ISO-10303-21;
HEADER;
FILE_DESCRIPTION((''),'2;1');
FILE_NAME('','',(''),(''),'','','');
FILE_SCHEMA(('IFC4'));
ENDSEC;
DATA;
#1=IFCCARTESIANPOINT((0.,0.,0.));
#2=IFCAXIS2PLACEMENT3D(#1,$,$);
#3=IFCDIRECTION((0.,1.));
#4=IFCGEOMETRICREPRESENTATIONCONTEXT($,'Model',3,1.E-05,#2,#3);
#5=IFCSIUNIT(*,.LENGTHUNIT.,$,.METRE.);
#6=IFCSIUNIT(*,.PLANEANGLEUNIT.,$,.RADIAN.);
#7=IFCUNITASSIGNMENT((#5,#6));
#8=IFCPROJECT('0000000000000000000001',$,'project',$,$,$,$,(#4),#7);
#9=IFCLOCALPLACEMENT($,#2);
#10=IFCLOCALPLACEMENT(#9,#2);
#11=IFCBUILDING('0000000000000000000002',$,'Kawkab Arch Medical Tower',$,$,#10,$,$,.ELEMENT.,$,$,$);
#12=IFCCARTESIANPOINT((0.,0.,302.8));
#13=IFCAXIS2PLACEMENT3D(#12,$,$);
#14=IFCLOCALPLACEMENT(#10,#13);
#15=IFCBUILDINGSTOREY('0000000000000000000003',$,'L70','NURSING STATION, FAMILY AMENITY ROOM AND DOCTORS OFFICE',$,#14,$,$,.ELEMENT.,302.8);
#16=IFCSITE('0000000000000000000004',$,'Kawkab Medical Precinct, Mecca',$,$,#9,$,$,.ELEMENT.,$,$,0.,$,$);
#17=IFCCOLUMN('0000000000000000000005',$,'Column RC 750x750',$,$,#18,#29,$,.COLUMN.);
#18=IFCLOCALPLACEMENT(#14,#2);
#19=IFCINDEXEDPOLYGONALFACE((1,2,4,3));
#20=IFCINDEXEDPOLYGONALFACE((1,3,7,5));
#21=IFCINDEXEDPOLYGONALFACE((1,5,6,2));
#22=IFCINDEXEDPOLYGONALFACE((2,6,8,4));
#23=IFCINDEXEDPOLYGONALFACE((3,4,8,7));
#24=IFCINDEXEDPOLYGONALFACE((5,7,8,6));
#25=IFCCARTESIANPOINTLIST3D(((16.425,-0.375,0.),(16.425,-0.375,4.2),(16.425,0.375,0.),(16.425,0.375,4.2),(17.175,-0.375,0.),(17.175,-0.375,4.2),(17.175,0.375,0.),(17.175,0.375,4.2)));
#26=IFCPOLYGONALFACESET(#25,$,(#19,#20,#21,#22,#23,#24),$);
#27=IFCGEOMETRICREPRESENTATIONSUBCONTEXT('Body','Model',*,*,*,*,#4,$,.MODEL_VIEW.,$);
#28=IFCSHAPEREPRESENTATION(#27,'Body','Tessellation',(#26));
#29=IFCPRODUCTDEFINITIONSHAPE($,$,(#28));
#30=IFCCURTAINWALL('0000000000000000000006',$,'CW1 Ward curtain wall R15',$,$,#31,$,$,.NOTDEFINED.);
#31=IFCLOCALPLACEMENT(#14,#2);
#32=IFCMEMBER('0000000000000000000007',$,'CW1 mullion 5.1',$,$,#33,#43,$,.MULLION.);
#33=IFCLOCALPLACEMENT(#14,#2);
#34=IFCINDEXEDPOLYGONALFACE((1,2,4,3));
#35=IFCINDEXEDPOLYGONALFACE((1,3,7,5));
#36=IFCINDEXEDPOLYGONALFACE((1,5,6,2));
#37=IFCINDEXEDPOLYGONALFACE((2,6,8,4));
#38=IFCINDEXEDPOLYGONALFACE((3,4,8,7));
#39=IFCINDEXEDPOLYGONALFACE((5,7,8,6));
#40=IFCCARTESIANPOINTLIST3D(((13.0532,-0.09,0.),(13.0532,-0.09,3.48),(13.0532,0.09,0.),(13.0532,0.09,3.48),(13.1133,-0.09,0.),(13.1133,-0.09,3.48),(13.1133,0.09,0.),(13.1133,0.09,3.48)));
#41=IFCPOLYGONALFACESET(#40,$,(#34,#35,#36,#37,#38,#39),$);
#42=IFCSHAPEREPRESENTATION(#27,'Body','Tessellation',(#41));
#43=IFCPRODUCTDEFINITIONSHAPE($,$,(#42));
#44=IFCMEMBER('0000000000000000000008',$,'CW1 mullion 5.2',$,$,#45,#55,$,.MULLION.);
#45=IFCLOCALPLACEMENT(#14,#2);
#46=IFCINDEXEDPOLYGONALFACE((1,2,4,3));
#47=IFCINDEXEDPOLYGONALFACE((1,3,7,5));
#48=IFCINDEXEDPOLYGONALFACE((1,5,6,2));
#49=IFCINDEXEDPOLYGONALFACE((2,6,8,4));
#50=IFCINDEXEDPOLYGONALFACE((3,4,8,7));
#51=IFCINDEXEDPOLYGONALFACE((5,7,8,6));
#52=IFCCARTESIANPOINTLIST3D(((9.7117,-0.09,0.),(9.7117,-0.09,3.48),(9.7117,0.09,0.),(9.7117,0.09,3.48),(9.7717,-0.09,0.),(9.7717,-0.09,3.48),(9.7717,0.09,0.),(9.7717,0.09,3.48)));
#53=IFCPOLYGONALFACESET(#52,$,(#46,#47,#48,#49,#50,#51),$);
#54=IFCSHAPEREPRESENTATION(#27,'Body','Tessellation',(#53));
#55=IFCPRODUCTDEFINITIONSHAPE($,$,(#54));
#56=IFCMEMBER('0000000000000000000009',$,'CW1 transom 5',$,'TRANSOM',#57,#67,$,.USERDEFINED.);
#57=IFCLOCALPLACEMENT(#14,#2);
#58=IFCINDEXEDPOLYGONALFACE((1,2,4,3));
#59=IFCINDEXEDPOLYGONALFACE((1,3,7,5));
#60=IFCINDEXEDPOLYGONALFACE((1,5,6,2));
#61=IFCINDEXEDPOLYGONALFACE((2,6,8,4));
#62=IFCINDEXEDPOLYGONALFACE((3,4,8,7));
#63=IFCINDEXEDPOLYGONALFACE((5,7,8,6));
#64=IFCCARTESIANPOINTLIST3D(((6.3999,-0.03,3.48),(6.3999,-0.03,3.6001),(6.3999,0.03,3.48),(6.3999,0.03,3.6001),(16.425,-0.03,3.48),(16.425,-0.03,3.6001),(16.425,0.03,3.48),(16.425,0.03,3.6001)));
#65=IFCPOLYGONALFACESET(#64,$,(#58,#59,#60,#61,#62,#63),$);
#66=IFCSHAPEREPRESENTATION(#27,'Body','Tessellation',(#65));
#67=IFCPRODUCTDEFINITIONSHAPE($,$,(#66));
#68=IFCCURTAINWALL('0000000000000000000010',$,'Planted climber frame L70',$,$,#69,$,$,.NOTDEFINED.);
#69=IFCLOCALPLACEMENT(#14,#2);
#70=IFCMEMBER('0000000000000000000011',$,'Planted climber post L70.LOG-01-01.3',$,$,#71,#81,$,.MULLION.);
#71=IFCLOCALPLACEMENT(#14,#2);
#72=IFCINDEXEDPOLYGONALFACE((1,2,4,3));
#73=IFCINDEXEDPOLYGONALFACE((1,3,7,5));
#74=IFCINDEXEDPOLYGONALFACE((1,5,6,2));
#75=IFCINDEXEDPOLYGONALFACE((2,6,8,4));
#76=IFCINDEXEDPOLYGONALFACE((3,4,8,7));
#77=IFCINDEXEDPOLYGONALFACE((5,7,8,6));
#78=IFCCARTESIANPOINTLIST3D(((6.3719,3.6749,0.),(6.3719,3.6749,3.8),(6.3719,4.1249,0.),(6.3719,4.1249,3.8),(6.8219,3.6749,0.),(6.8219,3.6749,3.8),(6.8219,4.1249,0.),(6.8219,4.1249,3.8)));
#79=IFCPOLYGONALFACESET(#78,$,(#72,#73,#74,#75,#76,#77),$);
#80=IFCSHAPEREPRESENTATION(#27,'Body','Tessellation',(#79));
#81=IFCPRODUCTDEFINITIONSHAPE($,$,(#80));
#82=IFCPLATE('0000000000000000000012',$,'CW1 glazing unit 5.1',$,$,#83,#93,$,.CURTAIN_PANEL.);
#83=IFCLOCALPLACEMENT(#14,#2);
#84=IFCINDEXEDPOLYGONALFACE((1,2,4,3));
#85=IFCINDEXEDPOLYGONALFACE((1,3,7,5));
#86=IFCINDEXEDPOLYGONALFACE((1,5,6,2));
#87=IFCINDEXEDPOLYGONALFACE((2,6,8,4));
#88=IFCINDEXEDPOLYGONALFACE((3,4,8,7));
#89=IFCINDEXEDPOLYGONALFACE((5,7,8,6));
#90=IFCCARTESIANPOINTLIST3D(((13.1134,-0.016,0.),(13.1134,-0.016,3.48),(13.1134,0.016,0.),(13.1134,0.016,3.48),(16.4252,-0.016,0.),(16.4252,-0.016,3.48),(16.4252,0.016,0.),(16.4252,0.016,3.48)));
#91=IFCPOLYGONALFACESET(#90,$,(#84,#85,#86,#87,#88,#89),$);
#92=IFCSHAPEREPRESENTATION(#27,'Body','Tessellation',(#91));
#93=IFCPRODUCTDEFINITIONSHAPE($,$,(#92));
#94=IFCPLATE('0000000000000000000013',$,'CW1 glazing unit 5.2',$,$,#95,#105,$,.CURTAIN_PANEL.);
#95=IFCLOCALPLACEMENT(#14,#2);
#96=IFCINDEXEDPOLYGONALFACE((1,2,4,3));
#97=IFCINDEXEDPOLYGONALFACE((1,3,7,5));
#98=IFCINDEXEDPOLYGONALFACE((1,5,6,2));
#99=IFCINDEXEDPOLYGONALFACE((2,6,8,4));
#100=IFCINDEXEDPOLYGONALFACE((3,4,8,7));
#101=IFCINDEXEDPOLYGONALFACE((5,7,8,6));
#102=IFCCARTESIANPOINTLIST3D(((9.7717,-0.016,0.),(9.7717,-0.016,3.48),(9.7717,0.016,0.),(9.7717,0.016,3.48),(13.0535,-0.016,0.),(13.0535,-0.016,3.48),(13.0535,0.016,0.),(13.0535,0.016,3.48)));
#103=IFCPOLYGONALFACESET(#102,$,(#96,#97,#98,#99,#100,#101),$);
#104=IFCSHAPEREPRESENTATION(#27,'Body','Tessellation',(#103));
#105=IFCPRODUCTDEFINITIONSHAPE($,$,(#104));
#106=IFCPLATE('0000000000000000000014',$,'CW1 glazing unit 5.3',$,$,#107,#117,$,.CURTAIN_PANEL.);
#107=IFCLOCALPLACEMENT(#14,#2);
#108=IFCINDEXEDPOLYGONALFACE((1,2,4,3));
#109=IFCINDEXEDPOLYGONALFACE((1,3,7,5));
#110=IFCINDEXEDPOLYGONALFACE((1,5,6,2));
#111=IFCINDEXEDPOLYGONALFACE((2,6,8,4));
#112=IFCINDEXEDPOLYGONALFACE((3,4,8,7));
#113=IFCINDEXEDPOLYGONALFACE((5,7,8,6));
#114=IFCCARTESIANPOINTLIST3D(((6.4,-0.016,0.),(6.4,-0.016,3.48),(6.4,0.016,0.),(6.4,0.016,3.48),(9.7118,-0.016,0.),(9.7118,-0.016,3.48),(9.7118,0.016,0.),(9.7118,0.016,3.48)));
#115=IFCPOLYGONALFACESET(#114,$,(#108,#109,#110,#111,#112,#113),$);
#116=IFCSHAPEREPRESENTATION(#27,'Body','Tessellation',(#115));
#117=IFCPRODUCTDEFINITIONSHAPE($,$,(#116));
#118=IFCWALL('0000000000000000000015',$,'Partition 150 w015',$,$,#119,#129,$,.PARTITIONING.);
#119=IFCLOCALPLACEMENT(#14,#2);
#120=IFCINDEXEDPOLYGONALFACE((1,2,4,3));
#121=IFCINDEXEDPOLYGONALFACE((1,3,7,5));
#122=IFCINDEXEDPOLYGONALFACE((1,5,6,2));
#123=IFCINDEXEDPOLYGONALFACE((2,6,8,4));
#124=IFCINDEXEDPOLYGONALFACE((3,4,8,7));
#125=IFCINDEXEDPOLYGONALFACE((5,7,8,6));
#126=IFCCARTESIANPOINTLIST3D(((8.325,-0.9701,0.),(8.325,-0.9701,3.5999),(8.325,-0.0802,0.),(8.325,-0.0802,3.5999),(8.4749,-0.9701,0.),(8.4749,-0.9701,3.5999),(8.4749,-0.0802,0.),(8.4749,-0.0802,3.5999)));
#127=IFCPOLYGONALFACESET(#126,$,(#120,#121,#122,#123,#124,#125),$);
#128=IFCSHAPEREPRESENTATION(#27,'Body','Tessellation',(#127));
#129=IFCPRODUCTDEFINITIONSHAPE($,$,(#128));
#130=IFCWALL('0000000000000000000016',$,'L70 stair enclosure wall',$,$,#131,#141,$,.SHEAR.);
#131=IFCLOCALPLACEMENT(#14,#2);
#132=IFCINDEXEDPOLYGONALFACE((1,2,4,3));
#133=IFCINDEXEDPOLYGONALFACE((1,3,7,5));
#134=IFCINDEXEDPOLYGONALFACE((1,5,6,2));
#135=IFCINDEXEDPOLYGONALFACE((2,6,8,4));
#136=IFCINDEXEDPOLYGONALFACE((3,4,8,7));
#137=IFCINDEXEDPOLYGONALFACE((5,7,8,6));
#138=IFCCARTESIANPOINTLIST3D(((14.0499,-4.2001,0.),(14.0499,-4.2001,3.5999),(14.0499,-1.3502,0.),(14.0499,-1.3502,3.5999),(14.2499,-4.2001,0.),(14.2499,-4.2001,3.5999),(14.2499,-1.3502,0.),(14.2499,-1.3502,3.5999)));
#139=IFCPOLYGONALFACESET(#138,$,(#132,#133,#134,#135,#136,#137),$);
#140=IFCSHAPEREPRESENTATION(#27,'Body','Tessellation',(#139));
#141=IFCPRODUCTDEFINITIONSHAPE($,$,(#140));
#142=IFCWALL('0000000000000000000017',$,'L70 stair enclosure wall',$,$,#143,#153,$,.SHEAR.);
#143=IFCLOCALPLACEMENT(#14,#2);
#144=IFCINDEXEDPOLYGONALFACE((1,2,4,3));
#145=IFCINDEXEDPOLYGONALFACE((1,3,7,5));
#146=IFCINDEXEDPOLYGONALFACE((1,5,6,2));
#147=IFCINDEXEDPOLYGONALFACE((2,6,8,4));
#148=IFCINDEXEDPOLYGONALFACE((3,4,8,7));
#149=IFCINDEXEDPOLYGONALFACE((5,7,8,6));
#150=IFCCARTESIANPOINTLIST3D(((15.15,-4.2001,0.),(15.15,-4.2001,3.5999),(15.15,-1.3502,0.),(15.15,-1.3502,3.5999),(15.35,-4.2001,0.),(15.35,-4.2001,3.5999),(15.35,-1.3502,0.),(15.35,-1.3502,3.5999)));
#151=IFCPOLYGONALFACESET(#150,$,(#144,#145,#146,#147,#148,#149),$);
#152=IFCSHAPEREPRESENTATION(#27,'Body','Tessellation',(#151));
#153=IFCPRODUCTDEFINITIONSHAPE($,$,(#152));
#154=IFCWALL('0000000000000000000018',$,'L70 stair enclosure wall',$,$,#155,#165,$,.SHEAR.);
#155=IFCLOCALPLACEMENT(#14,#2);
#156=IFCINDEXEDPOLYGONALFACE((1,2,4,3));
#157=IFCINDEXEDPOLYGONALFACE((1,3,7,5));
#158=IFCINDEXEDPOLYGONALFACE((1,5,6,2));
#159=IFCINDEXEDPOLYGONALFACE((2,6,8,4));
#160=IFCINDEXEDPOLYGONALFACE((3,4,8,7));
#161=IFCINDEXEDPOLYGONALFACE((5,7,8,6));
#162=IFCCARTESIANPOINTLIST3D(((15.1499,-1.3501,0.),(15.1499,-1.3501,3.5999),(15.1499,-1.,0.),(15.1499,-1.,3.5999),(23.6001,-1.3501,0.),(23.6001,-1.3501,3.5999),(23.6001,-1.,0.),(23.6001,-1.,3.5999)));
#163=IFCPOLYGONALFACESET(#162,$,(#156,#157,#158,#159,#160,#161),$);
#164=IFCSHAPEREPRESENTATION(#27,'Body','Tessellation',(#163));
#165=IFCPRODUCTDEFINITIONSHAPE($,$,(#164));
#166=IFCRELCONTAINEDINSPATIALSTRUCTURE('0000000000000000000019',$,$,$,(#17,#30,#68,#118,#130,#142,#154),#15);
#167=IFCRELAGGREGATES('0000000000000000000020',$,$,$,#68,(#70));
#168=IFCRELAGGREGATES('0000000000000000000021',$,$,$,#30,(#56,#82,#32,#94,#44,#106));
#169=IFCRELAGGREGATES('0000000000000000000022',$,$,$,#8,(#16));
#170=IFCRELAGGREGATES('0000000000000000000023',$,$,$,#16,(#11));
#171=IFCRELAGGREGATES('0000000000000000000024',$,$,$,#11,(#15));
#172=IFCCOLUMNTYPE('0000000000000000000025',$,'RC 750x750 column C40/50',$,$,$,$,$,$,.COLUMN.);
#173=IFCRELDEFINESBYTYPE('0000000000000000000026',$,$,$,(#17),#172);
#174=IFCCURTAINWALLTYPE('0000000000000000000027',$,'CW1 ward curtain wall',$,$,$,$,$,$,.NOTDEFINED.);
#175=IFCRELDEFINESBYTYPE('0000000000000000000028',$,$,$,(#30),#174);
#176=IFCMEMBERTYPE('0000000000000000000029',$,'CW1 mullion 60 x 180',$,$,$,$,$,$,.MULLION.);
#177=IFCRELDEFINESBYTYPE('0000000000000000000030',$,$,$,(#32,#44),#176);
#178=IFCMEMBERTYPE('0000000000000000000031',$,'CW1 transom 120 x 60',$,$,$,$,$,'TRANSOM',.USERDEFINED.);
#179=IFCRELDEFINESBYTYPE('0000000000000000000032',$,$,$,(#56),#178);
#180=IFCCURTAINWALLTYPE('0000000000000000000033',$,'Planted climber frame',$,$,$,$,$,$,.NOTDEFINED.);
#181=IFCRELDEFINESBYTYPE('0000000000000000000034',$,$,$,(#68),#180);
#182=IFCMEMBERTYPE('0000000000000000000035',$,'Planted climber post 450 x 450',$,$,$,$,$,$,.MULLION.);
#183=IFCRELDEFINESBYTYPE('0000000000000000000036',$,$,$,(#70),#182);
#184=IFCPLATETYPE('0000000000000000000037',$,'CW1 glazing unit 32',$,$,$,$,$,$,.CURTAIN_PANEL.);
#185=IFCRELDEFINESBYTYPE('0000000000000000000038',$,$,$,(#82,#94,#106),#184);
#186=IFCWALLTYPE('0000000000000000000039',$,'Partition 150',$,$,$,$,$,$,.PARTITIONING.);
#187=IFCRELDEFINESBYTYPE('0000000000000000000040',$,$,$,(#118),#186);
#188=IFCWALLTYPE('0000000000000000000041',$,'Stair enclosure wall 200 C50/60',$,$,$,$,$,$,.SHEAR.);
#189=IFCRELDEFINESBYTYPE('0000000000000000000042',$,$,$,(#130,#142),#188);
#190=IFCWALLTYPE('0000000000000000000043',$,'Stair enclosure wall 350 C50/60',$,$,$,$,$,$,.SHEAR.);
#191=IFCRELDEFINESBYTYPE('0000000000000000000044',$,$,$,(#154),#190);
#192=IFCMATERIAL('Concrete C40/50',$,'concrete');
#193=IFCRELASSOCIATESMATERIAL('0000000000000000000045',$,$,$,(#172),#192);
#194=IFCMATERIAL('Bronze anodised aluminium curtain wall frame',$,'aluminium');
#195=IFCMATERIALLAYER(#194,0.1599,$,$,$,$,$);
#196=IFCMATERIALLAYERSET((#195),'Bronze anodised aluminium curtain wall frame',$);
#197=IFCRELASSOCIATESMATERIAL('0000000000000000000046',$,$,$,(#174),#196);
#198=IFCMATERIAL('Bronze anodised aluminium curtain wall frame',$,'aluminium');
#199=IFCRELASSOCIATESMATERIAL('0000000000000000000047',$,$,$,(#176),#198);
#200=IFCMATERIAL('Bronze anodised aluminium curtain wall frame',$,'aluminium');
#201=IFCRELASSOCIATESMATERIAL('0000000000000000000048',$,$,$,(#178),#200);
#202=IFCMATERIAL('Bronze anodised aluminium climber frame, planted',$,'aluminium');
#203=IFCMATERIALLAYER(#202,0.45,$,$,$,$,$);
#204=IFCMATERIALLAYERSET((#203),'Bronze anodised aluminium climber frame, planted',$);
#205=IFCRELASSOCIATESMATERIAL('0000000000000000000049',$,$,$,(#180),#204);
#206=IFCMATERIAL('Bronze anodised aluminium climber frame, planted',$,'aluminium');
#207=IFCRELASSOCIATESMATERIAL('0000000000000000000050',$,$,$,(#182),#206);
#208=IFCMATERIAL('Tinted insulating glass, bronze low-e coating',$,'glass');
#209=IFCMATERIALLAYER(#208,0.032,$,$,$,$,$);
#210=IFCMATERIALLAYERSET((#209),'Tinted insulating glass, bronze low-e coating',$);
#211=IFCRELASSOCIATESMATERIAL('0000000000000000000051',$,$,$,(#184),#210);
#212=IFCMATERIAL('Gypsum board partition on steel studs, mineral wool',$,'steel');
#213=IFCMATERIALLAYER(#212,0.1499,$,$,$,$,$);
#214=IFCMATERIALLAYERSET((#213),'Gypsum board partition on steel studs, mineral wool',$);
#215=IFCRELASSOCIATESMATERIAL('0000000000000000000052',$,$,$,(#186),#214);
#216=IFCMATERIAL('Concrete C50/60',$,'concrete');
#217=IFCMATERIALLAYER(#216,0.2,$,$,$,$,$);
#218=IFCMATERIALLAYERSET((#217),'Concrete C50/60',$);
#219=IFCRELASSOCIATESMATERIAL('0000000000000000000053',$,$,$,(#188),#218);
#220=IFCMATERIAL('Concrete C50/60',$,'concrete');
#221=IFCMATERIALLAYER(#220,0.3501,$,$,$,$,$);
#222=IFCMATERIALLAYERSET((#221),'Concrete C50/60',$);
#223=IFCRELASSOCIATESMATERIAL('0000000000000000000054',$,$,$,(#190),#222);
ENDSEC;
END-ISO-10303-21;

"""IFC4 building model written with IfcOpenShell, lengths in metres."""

from ifc_helpers import new_model, si_unit, direction, frame, frame_2d, origin, origin_2d, place, context, subcontext, project, spatial, rectangle, extrude, material, layer, layer_set, material_profile, profile_set, type_object, element, aggregate, save


model = new_model("IFC4")

# Units and contexts
model_context = context("Model", 3, precision=1e-05, world=origin(), true_north=direction((0.0, 1.0)))
body_context = subcontext(model_context, "Body", "Model", "MODEL_VIEW")
ifc_project = project(units=[si_unit("LENGTHUNIT", "METRE"), si_unit("PLANEANGLEUNIT", "RADIAN")], contexts=[model_context])

# Site, building, storey
site_placement = place(None, origin())
site = spatial("IfcSite", under=ifc_project, at=site_placement, Name="Kawkab Medical Precinct, Mecca", CompositionType="ELEMENT", RefElevation=0.0)
building_placement = place(site_placement, origin())
building = spatial("IfcBuilding", under=site, at=building_placement, Name="Kawkab Arch Medical Tower", CompositionType="ELEMENT")
storey_placement = place(building_placement, frame((0.0, 0.0, 302.8)))
storey = spatial("IfcBuildingStorey", under=building, at=storey_placement, Name="L70", Description="NURSING STATION, FAMILY AMENITY ROOM AND DOCTORS OFFICE", CompositionType="ELEMENT", Elevation=302.8)

# Column
ifc_material_1 = material(Name="Concrete C40/50", Category="concrete")
ifc_material_profile_1 = material_profile(ifc_material_1, rectangle(XDim=0.75, YDim=0.75, at=origin_2d()), Name="RC 750x750")
ifc_profile_set_1 = profile_set([ifc_material_profile_1], Name="Concrete C40/50")
column_type = type_object("IfcColumnType", Name="RC 750x750 column C40/50", PredefinedType="COLUMN", material=ifc_profile_set_1)
column_placement = place(storey_placement, frame((16.8, 0.0, 0.0), z_axis=(0.0, 0.0, 1.0), x_axis=(1.0, 0.0, 0.0)))
element("IfcColumn", 1, at=column_placement, inside=storey, type_object=column_type, Name="Column RC 750x750", PredefinedType="COLUMN", context=body_context, shape_type="SweptSolid", body=[
    extrude(rectangle(XDim=0.75, YDim=0.75, at=origin_2d()), origin(), (0.0, 0.0, 1.0), 4.2),
])

# Curtain wall, members
ifc_material_2 = material(Name="Bronze anodised aluminium curtain wall frame", Category="aluminium")
ifc_layer_1 = layer(ifc_material_2, 0.1599)
ifc_layer_set_1 = layer_set([ifc_layer_1], Name="Bronze anodised aluminium curtain wall frame")
curtain_wall_type_1 = type_object("IfcCurtainWallType", Name="CW1 ward curtain wall", PredefinedType="NOTDEFINED", material=ifc_layer_set_1)
placement = place(storey_placement, origin())
curtain_wall_1 = element("IfcCurtainWall", 2, at=placement, inside=storey, type_object=curtain_wall_type_1, Name="CW1 Ward curtain wall R15", PredefinedType="NOTDEFINED")
ifc_material_3 = material(Name="Bronze anodised aluminium curtain wall frame", Category="aluminium")
ifc_material_profile_2 = material_profile(ifc_material_3, rectangle(XDim=0.1799, YDim=0.0601, at=origin_2d()), Name="AL 60x180")
ifc_profile_set_2 = profile_set([ifc_material_profile_2], Name="Bronze anodised aluminium curtain wall frame")
member_type_1 = type_object("IfcMemberType", Name="CW1 mullion 60 x 180", PredefinedType="MULLION", material=ifc_profile_set_2)
member_1_placement = place(storey_placement, frame((13.0833, 0.0, 0.0), z_axis=(0.0, 0.0, 1.0), x_axis=(0.0, -1.0, 0.0)))
member_1 = element("IfcMember", 3, at=member_1_placement, type_object=member_type_1, Name="CW1 mullion 5.1", PredefinedType="MULLION", context=body_context, shape_type="SweptSolid", body=[
    extrude(rectangle(XDim=0.1799, YDim=0.0601, at=origin_2d()), origin(), (0.0, 0.0, 1.0), 3.48),
])
member_2_placement = place(storey_placement, frame((9.7417, 0.0, 0.0), z_axis=(0.0, 0.0, 1.0), x_axis=(0.0, -1.0, 0.0)))
member_2 = element("IfcMember", 4, at=member_2_placement, type_object=member_type_1, Name="CW1 mullion 5.2", PredefinedType="MULLION", context=body_context, shape_type="SweptSolid", body=[
    extrude(rectangle(XDim=0.1799, YDim=0.0601, at=origin_2d()), origin(), (0.0, 0.0, 1.0), 3.48),
])
ifc_material_4 = material(Name="Bronze anodised aluminium curtain wall frame", Category="aluminium")
ifc_material_profile_3 = material_profile(ifc_material_4, rectangle(XDim=0.0601, YDim=0.1201, at=origin_2d()), Name="AL 60x120")
ifc_profile_set_3 = profile_set([ifc_material_profile_3], Name="Bronze anodised aluminium curtain wall frame")
member_type_2 = type_object("IfcMemberType", Name="CW1 transom 120 x 60", ElementType="TRANSOM", PredefinedType="USERDEFINED", material=ifc_profile_set_3)
member_3_placement = place(storey_placement, frame((16.425, 0.0, 3.54), z_axis=(-1.0, 0.0, 0.0), x_axis=(0.0, -1.0, 0.0)))
member_3 = element("IfcMember", 5, at=member_3_placement, type_object=member_type_2, Name="CW1 transom 5", ObjectType="TRANSOM", PredefinedType="USERDEFINED", context=body_context, shape_type="SweptSolid", body=[
    extrude(rectangle(XDim=0.0601, YDim=0.1201, at=origin_2d()), origin(), (0.0, 0.0, 1.0), 10.0251),
])

# Curtain wall, member
ifc_material_5 = material(Name="Bronze anodised aluminium climber frame, planted", Category="aluminium")
ifc_layer_2 = layer(ifc_material_5, 0.45)
ifc_layer_set_2 = layer_set([ifc_layer_2], Name="Bronze anodised aluminium climber frame, planted")
curtain_wall_type_2 = type_object("IfcCurtainWallType", Name="Planted climber frame", PredefinedType="NOTDEFINED", material=ifc_layer_set_2)
curtain_wall_2 = element("IfcCurtainWall", 6, at=placement, inside=storey, type_object=curtain_wall_type_2, Name="Planted climber frame L70", PredefinedType="NOTDEFINED")
ifc_material_6 = material(Name="Bronze anodised aluminium climber frame, planted", Category="aluminium")
ifc_material_profile_4 = material_profile(ifc_material_6, rectangle(XDim=0.45, YDim=0.45, at=origin_2d()), Name="Post 450x450")
ifc_profile_set_4 = profile_set([ifc_material_profile_4], Name="Bronze anodised aluminium climber frame, planted")
member_type_3 = type_object("IfcMemberType", Name="Planted climber post 450 x 450", PredefinedType="MULLION", material=ifc_profile_set_4)
member_4_placement = place(storey_placement, frame((6.5969, 3.8999, 0.0), z_axis=(0.0, 0.0, 1.0), x_axis=(1.0, 0.0, 0.0)))
member_4 = element("IfcMember", 7, at=member_4_placement, type_object=member_type_3, Name="Planted climber post L70.LOG-01-01.3", PredefinedType="MULLION", context=body_context, shape_type="SweptSolid", body=[
    extrude(rectangle(XDim=0.45, YDim=0.45, at=origin_2d()), origin(), (0.0, 0.0, 1.0), 3.8),
])
aggregate(curtain_wall_2, [member_4])

# Plates
ifc_material_7 = material(Name="Tinted insulating glass, bronze low-e coating", Category="glass")
ifc_layer_3 = layer(ifc_material_7, 0.032)
ifc_layer_set_3 = layer_set([ifc_layer_3], Name="Tinted insulating glass, bronze low-e coating")
plate_type = type_object("IfcPlateType", Name="CW1 glazing unit 32", PredefinedType="CURTAIN_PANEL", material=ifc_layer_set_3)
plate_1_placement = place(storey_placement, frame((14.7693, 0.0, 0.0), z_axis=(0.0, 0.0, 1.0), x_axis=(-1.0, 0.0, 0.0)))
plate_1 = element("IfcPlate", 8, at=plate_1_placement, type_object=plate_type, Name="CW1 glazing unit 5.1", PredefinedType="CURTAIN_PANEL", context=body_context, shape_type="SweptSolid", body=[
    extrude(rectangle(XDim=3.3118, YDim=0.032, at=origin_2d()), origin(), (0.0, 0.0, 1.0), 3.48),
])
plate_2_placement = place(storey_placement, frame((11.4126, 0.0, 0.0), z_axis=(0.0, 0.0, 1.0), x_axis=(-1.0, 0.0, 0.0)))
plate_2 = element("IfcPlate", 9, at=plate_2_placement, type_object=plate_type, Name="CW1 glazing unit 5.2", PredefinedType="CURTAIN_PANEL", context=body_context, shape_type="SweptSolid", body=[
    extrude(rectangle(XDim=3.2817, YDim=0.032, at=origin_2d()), origin(), (0.0, 0.0, 1.0), 3.48),
])
plate_3_placement = place(storey_placement, frame((8.0559, 0.0, 0.0), z_axis=(0.0, 0.0, 1.0), x_axis=(-1.0, 0.0, 0.0)))
plate_3 = element("IfcPlate", 10, at=plate_3_placement, type_object=plate_type, Name="CW1 glazing unit 5.3", PredefinedType="CURTAIN_PANEL", context=body_context, shape_type="SweptSolid", body=[
    extrude(rectangle(XDim=3.3118, YDim=0.032, at=origin_2d()), origin(), (0.0, 0.0, 1.0), 3.48),
])
aggregate(curtain_wall_1, [member_3, plate_1, member_1, plate_2, member_2, plate_3])

# Walls
ifc_material_8 = material(Name="Gypsum board partition on steel studs, mineral wool", Category="steel")
ifc_layer_4 = layer(ifc_material_8, 0.1499)
ifc_layer_set_4 = layer_set([ifc_layer_4], Name="Gypsum board partition on steel studs, mineral wool")
wall_type_1 = type_object("IfcWallType", Name="Partition 150", PredefinedType="PARTITIONING", material=ifc_layer_set_4)
wall_1_placement = place(storey_placement, frame((8.3999, -0.97, 0.0), z_axis=(0.0, 0.0, 1.0), x_axis=(0.0, 1.0, 0.0)))
element("IfcWall", 11, at=wall_1_placement, inside=storey, type_object=wall_type_1, Name="Partition 150 w015", PredefinedType="PARTITIONING", context=body_context, shape_type="SweptSolid", body=[
    extrude(rectangle(XDim=0.8899, YDim=0.1499, at=frame_2d((0.4448, 0.0))), origin(), (0.0, 0.0, 1.0), 3.5999),
])
ifc_material_9 = material(Name="Concrete C50/60", Category="concrete")
ifc_layer_5 = layer(ifc_material_9, 0.2)
ifc_layer_set_5 = layer_set([ifc_layer_5], Name="Concrete C50/60")
wall_type_2 = type_object("IfcWallType", Name="Stair enclosure wall 200 C50/60", PredefinedType="SHEAR", material=ifc_layer_set_5)
for number, where, z_axis, x_axis, name in (
    (12, (14.1499, -4.2, 0.0), (0.0, 0.0, 1.0), (0.0, 1.0, 0.0), "L70 stair enclosure wall"),
    (13, (15.25, -4.2, 0.0), (0.0, 0.0, 1.0), (0.0, 1.0, 0.0), "L70 stair enclosure wall"),
):
    element("IfcWall", number, at=place(storey_placement, frame(where, z_axis=z_axis, x_axis=x_axis)), inside=storey, type_object=wall_type_2, Name=name, PredefinedType="SHEAR", context=body_context, shape_type="SweptSolid", body=[
        extrude(rectangle(XDim=2.8499, YDim=0.2, at=frame_2d((1.4248, 0.0))), origin(), (0.0, 0.0, 1.0), 3.5999),
    ])
ifc_material_10 = material(Name="Concrete C50/60", Category="concrete")
ifc_layer_6 = layer(ifc_material_10, 0.3501)
ifc_layer_set_6 = layer_set([ifc_layer_6], Name="Concrete C50/60")
wall_type_3 = type_object("IfcWallType", Name="Stair enclosure wall 350 C50/60", PredefinedType="SHEAR", material=ifc_layer_set_6)
wall_2_placement = place(storey_placement, frame((15.1499, -1.175, 0.0), z_axis=(0.0, 0.0, 1.0), x_axis=(1.0, 0.0, 0.0)))
element("IfcWall", 14, at=wall_2_placement, inside=storey, type_object=wall_type_3, Name="L70 stair enclosure wall", PredefinedType="SHEAR", context=body_context, shape_type="SweptSolid", body=[
    extrude(rectangle(XDim=8.4502, YDim=0.3501, at=frame_2d((4.2251, 0.0))), origin(), (0.0, 0.0, 1.0), 3.5999),
])

save(model, "model.ifc")
